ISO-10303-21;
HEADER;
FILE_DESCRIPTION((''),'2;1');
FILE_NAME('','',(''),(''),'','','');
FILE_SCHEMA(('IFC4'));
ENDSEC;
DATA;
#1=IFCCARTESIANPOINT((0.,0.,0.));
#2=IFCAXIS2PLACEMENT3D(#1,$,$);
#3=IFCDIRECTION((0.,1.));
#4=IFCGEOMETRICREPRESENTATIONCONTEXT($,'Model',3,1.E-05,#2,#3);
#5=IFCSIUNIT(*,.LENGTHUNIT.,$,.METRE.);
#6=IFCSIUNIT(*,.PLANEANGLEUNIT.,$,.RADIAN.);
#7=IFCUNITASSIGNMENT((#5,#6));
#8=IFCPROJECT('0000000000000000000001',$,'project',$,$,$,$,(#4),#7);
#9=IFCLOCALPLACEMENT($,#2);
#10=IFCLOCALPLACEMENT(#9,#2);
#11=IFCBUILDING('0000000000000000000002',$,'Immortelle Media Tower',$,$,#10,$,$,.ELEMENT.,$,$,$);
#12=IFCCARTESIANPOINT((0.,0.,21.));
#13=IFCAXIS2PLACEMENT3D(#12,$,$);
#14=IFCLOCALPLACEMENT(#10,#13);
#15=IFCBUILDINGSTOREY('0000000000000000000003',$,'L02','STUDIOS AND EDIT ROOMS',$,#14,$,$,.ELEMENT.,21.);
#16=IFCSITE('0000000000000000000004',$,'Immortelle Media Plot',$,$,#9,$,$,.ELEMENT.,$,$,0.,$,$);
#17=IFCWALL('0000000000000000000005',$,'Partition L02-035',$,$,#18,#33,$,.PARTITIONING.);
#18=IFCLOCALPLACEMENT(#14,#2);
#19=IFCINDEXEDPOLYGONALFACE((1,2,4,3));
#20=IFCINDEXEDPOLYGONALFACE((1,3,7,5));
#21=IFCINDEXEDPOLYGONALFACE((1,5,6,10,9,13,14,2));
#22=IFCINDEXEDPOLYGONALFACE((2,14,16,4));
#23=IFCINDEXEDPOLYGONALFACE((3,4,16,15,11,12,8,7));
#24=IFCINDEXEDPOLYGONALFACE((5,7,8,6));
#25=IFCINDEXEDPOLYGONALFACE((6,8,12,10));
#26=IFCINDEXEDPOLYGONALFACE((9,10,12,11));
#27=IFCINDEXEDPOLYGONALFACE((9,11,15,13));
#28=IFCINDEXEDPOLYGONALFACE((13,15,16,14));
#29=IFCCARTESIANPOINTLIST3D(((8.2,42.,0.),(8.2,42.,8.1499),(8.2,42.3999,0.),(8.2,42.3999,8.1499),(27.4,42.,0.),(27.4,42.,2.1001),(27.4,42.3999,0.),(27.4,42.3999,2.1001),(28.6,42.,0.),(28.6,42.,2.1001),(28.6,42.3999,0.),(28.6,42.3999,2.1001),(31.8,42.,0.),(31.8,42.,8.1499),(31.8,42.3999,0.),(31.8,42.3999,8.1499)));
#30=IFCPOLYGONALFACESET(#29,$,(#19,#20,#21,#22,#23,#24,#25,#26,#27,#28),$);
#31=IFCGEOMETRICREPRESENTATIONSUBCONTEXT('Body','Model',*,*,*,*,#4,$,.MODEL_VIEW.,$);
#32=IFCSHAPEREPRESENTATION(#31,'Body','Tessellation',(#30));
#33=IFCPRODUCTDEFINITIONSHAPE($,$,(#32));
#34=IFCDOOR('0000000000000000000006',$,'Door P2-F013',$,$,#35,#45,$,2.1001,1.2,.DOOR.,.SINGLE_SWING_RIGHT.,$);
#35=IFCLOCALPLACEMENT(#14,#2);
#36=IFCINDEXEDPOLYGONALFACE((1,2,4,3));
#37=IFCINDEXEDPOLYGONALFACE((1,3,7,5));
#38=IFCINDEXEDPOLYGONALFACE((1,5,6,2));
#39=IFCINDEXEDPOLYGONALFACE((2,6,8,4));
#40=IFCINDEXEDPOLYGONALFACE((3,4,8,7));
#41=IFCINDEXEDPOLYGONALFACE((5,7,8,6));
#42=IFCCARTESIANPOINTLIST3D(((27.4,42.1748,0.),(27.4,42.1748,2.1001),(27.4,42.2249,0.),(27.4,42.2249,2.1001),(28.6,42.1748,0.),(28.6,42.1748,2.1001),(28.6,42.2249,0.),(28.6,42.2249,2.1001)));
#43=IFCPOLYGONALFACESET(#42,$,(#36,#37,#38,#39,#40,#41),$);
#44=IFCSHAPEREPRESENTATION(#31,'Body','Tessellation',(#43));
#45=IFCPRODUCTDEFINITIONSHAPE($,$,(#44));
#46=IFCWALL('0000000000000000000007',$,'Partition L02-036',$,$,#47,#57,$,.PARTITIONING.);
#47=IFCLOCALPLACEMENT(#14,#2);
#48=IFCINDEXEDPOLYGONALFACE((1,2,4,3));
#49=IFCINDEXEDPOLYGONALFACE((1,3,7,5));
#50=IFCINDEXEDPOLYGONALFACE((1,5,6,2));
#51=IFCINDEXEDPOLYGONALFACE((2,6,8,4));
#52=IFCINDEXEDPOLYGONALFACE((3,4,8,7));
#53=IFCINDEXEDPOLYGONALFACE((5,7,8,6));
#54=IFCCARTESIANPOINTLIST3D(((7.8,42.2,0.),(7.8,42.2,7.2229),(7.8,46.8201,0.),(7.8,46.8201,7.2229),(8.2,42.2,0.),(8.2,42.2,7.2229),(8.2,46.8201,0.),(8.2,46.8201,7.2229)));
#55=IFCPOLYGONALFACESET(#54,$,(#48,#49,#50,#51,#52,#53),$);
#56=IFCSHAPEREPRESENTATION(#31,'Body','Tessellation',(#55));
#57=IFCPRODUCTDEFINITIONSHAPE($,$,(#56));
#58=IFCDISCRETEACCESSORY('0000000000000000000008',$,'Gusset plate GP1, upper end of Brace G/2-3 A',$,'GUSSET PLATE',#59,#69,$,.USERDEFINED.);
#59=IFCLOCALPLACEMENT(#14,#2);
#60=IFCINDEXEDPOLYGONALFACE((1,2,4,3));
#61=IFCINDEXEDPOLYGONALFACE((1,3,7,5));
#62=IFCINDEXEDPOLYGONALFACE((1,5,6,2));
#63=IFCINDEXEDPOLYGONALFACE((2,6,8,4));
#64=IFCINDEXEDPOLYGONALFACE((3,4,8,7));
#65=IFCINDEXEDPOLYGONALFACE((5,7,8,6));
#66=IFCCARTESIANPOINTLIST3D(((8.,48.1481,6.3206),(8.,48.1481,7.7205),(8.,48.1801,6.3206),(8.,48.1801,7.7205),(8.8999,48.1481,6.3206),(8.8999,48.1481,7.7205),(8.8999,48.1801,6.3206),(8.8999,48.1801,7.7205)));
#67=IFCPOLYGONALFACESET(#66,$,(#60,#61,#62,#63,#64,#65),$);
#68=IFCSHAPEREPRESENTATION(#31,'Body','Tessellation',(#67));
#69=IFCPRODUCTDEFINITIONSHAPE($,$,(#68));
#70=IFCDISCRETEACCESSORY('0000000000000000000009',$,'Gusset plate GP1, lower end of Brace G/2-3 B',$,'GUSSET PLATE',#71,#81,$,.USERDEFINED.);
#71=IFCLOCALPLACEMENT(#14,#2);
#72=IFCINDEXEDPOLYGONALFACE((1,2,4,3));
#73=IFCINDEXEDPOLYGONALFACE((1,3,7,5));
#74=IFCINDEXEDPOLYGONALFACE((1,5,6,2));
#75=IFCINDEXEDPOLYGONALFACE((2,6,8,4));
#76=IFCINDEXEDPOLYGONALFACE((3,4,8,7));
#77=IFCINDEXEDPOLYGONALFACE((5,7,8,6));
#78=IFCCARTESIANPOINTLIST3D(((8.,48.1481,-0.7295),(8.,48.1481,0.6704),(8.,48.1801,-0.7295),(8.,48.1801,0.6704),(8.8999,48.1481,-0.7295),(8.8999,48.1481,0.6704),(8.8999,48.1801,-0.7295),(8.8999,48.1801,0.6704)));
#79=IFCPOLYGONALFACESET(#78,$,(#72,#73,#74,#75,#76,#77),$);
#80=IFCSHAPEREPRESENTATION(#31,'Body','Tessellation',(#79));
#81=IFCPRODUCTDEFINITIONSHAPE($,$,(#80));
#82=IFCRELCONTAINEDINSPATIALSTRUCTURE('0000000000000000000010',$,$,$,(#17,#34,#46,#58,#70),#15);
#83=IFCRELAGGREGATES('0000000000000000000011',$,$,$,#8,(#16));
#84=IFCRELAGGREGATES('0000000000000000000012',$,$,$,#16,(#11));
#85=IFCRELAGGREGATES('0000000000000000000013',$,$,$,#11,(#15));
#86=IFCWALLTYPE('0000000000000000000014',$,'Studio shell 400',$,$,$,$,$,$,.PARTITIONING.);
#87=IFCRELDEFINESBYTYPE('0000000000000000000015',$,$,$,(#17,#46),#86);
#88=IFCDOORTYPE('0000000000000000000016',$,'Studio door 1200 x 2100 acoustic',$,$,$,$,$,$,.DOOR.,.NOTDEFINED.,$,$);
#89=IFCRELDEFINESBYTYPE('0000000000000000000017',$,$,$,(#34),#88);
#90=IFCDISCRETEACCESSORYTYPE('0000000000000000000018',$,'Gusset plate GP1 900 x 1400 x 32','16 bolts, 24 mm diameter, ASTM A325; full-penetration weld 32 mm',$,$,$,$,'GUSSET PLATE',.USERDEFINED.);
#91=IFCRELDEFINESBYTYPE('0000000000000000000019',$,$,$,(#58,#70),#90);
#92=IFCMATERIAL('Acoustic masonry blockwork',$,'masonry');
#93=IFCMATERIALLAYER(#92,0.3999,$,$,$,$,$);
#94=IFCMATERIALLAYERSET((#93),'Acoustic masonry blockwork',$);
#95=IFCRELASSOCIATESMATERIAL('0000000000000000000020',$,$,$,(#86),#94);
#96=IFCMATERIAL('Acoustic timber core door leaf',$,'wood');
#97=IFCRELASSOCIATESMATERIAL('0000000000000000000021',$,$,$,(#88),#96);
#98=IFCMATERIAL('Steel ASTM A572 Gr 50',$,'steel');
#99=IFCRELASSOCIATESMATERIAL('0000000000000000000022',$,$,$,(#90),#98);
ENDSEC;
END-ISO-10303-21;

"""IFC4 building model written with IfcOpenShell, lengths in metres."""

from ifc_helpers import new_model, si_unit, direction, frame, frame_2d, origin, origin_2d, place, context, subcontext, project, spatial, rectangle, extrude, material, layer, layer_set, material_profile, profile_set, type_object, element, fill, save


model = new_model("IFC4")

# Units and contexts
model_context = context("Model", 3, precision=1e-05, world=origin(), true_north=direction((0.0, 1.0)))
body_context = subcontext(model_context, "Body", "Model", "MODEL_VIEW")
ifc_project = project(units=[si_unit("LENGTHUNIT", "METRE"), si_unit("PLANEANGLEUNIT", "RADIAN")], contexts=[model_context])

# Site, building, storey
site_placement = place(None, origin())
site = spatial("IfcSite", under=ifc_project, at=site_placement, Name="Immortelle Media Plot", CompositionType="ELEMENT", RefElevation=0.0)
building_placement = place(site_placement, origin())
building = spatial("IfcBuilding", under=site, at=building_placement, Name="Immortelle Media Tower", CompositionType="ELEMENT")
storey_placement = place(building_placement, frame((0.0, 0.0, 21.0)))
storey = spatial("IfcBuildingStorey", under=building, at=storey_placement, Name="L02", Description="STUDIOS AND EDIT ROOMS", CompositionType="ELEMENT", Elevation=21.0)

# Shared definitions
ifc_material_1 = material(Name="Acoustic masonry blockwork", Category="masonry")
ifc_layer_1 = layer(ifc_material_1, 0.3999)
ifc_layer_set_1 = layer_set([ifc_layer_1], Name="Acoustic masonry blockwork")
wall_type_1 = type_object("IfcWallType", Name="Studio shell 400", PredefinedType="PARTITIONING", material=ifc_layer_set_1)

# Wall, opening, door
wall_1_placement = place(storey_placement, frame((8.2, 42.2, 0.0), z_axis=(0.0, 0.0, 1.0), x_axis=(1.0, 0.0, 0.0)))
wall_1 = element("IfcWall", 1, at=wall_1_placement, inside=storey, type_object=wall_type_1, Name="Partition L02-035", PredefinedType="PARTITIONING", context=body_context, shape_type="SweptSolid", body=[
    extrude(rectangle(XDim=23.6001, YDim=0.3999, at=frame_2d((11.8, 0.0))), origin(), (0.0, 0.0, 1.0), 8.1499),
])
opening_1_placement = place(wall_1_placement, frame((19.2, 0.0, 0.0)))
opening_1 = element("IfcOpeningElement", 2, at=opening_1_placement, cuts=wall_1, PredefinedType="OPENING", context=body_context, shape_type="SweptSolid", body=[
    extrude(rectangle(XDim=1.2, YDim=2.1001, at=frame_2d((0.6001, 1.05))), frame((0.0, 0.21, 0.0), z_axis=(0.0, -1.0, 0.0), x_axis=(1.0, 0.0, 0.0)), (0.0, 0.0, 1.0), 0.4199),
])
ifc_material_2 = material(Name="Acoustic timber core door leaf", Category="wood")
door_type_1 = type_object("IfcDoorType", Name="Studio door 1200 x 2100 acoustic", OperationType="NOTDEFINED", PredefinedType="DOOR", material=ifc_material_2)
door_1_placement = place(opening_1_placement, origin())
door_1 = element("IfcDoor", 3, at=door_1_placement, inside=storey, type_object=door_type_1, Name="Door P2-F013", OperationType="SINGLE_SWING_RIGHT", OverallHeight=2.1001, OverallWidth=1.2, PredefinedType="DOOR", context=body_context, shape_type="SweptSolid", body=[
    extrude(rectangle(XDim=1.2, YDim=2.1001, at=frame_2d((0.6001, 1.05))), frame((0.0, 0.0249, 0.0), z_axis=(0.0, -1.0, 0.0), x_axis=(1.0, 0.0, 0.0)), (0.0, 0.0, 1.0), 0.05),
])
fill(opening_1, door_1)

# Wall
wall_2_placement = place(storey_placement, frame((8.0, 42.2, 0.0), z_axis=(0.0, 0.0, 1.0), x_axis=(0.0, 1.0, 0.0)))
element("IfcWall", 4, at=wall_2_placement, inside=storey, type_object=wall_type_1, Name="Partition L02-036", PredefinedType="PARTITIONING", context=body_context, shape_type="SweptSolid", body=[
    extrude(rectangle(XDim=4.6201, YDim=0.3999, at=frame_2d((2.3101, 0.0))), origin(), (0.0, 0.0, 1.0), 7.2229),
])

# Discrete accessories
ifc_material_3 = material(Name="Steel ASTM A572 Gr 50", Category="steel")
ifc_material_profile_1 = material_profile(ifc_material_3, rectangle(XDim=0.032, YDim=1.3999, at=origin_2d()), Name="PL 32 x 1400")
ifc_profile_set_1 = profile_set([ifc_material_profile_1], Name="Steel ASTM A572 Gr 50")
discrete_accessory_type = type_object("IfcDiscreteAccessoryType", Name="Gusset plate GP1 900 x 1400 x 32", Description="16 bolts, 24 mm diameter, ASTM A325; full-penetration weld 32 mm", ElementType="GUSSET PLATE", PredefinedType="USERDEFINED", material=ifc_profile_set_1)
for number, where, z_axis, x_axis, name in (
    (5, (8.0, 48.1641, 7.0205), (1.0, 0.0, 0.0), (0.0, 1.0, 0.0), "Gusset plate GP1, upper end of Brace G/2-3 A"),
    (6, (8.0, 48.1641, -0.0295), (1.0, 0.0, 0.0), (0.0, 1.0, 0.0), "Gusset plate GP1, lower end of Brace G/2-3 B"),
):
    element("IfcDiscreteAccessory", number, at=place(storey_placement, frame(where, z_axis=z_axis, x_axis=x_axis)), inside=storey, type_object=discrete_accessory_type, Name=name, ObjectType="GUSSET PLATE", PredefinedType="USERDEFINED", context=body_context, shape_type="SweptSolid", body=[
        extrude(rectangle(XDim=0.032, YDim=1.3999, at=origin_2d()), origin(), (0.0, 0.0, 1.0), 0.8999),
    ])

save(model, "model.ifc")
